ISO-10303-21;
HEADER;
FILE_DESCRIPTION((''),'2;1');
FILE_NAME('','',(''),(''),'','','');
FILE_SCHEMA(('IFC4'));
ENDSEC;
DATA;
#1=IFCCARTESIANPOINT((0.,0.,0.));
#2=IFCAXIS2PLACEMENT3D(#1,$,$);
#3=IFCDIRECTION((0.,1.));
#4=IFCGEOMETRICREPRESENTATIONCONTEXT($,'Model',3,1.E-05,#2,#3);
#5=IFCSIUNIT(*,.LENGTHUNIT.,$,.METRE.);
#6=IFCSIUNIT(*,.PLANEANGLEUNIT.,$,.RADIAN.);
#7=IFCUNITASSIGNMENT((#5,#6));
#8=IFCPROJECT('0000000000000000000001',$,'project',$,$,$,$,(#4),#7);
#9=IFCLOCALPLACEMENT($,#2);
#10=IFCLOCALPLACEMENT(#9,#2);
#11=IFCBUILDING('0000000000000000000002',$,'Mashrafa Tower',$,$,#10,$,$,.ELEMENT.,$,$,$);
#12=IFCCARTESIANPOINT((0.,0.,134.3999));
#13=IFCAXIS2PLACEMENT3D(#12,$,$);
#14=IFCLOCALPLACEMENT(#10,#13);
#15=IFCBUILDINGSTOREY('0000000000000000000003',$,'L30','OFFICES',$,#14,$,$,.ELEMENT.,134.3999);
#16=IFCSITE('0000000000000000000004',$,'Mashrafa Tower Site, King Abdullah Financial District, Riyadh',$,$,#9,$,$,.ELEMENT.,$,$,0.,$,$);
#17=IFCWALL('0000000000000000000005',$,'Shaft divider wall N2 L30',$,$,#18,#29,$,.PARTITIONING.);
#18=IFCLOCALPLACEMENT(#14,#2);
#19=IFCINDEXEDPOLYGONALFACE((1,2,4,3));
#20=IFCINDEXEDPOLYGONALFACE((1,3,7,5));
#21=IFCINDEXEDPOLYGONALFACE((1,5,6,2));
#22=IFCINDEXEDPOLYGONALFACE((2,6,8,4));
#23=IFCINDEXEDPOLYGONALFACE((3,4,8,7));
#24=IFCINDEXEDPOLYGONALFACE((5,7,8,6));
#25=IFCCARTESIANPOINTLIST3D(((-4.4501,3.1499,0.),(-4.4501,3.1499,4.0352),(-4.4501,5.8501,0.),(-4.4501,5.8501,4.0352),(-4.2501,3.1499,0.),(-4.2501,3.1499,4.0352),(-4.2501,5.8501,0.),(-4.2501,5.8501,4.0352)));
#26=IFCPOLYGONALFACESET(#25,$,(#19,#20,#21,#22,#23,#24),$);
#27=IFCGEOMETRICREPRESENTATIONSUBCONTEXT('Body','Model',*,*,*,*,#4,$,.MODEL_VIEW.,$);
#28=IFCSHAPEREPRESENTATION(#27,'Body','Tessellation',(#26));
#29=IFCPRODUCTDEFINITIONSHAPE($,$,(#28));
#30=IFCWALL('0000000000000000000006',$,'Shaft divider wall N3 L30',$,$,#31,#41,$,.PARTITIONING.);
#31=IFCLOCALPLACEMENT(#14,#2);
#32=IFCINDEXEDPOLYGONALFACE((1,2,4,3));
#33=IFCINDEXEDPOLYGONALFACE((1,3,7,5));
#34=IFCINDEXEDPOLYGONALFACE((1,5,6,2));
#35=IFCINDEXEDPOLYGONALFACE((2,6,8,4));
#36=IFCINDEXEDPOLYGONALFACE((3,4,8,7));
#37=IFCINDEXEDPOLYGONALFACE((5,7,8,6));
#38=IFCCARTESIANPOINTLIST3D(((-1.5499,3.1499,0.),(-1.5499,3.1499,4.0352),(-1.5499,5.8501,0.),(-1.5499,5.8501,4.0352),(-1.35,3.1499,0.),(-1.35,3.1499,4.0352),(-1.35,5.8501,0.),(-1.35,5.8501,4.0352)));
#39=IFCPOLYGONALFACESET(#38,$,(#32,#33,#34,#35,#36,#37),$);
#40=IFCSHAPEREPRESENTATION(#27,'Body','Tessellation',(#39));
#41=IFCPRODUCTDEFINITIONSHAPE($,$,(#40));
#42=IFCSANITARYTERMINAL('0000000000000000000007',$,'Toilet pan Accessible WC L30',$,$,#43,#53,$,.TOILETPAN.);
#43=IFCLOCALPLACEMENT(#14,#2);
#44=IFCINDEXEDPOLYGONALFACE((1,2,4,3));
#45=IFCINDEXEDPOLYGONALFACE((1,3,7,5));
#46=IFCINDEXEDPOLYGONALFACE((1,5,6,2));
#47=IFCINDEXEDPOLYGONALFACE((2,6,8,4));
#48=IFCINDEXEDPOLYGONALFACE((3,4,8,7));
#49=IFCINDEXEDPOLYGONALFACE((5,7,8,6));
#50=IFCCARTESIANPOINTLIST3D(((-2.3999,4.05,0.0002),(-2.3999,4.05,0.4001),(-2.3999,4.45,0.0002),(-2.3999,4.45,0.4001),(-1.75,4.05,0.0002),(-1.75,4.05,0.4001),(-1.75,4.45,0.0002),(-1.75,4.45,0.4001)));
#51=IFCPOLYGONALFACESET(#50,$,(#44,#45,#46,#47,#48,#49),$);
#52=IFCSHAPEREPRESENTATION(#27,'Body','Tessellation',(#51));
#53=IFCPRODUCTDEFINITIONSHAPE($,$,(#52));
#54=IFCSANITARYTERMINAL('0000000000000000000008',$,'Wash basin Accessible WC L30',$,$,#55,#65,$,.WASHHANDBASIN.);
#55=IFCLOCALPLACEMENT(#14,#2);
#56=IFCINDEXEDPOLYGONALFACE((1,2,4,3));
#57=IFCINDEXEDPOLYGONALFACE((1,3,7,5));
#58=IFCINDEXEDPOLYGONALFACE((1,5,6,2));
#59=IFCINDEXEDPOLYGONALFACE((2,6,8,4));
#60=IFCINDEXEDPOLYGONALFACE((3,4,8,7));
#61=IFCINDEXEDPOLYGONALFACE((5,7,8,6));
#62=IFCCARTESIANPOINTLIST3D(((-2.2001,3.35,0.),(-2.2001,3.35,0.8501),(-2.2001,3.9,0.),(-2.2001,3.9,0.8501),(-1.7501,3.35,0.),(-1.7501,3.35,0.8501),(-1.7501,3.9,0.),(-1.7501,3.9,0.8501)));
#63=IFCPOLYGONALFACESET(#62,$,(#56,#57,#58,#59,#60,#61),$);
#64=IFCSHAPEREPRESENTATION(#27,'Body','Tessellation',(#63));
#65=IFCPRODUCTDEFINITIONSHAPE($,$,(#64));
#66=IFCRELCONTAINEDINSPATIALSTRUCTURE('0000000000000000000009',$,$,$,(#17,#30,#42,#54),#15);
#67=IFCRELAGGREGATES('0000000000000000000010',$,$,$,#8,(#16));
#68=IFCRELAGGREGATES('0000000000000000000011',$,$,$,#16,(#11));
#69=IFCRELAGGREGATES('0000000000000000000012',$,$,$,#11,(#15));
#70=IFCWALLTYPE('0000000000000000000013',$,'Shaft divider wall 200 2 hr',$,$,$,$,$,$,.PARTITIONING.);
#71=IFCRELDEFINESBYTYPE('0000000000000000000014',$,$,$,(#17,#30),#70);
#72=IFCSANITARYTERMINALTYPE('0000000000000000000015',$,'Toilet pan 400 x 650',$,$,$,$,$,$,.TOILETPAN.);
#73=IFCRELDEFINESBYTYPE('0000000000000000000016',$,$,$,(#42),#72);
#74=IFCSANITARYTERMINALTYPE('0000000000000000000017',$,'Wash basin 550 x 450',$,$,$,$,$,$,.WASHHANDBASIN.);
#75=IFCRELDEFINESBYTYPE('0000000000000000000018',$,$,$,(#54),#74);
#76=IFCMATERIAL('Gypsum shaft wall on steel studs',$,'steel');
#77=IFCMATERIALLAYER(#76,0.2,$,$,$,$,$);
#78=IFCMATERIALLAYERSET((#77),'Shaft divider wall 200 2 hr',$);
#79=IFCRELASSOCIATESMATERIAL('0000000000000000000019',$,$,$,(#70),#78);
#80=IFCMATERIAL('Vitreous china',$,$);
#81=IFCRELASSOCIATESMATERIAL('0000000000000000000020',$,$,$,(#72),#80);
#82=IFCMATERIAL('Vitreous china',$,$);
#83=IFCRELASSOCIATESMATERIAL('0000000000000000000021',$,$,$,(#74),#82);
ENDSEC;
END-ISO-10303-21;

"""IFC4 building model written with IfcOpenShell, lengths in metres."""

from ifc_helpers import new_model, si_unit, direction, frame, frame_2d, origin, origin_2d, place, context, subcontext, project, spatial, rectangle, extrude, material, layer, layer_set, type_object, element, save


model = new_model("IFC4")

# Units and contexts
model_context = context("Model", 3, precision=1e-05, world=origin(), true_north=direction((0.0, 1.0)))
body_context = subcontext(model_context, "Body", "Model", "MODEL_VIEW")
ifc_project = project(units=[si_unit("LENGTHUNIT", "METRE"), si_unit("PLANEANGLEUNIT", "RADIAN")], contexts=[model_context])

# Site, building, storey
site_placement = place(None, origin())
site = spatial("IfcSite", under=ifc_project, at=site_placement, Name="Mashrafa Tower Site, King Abdullah Financial District, Riyadh", CompositionType="ELEMENT", RefElevation=0.0)
building_placement = place(site_placement, origin())
building = spatial("IfcBuilding", under=site, at=building_placement, Name="Mashrafa Tower", CompositionType="ELEMENT")
storey_placement = place(building_placement, frame((0.0, 0.0, 134.3999)))
storey = spatial("IfcBuildingStorey", under=building, at=storey_placement, Name="L30", Description="OFFICES", CompositionType="ELEMENT", Elevation=134.3999)

# Walls
ifc_material_1 = material(Name="Gypsum shaft wall on steel studs", Category="steel")
ifc_layer_1 = layer(ifc_material_1, 0.2)
ifc_layer_set_1 = layer_set([ifc_layer_1], Name="Shaft divider wall 200 2 hr")
wall_type_1 = type_object("IfcWallType", Name="Shaft divider wall 200 2 hr", PredefinedType="PARTITIONING", material=ifc_layer_set_1)
for number, where, z_axis, x_axis, name in (
    (1, (-4.3501, 3.1499, 0.0), (0.0, 0.0, 1.0), (0.0, 1.0, 0.0), "Shaft divider wall N2 L30"),
    (2, (-1.45, 3.1499, 0.0), (0.0, 0.0, 1.0), (0.0, 1.0, 0.0), "Shaft divider wall N3 L30"),
):
    element("IfcWall", number, at=place(storey_placement, frame(where, z_axis=z_axis, x_axis=x_axis)), inside=storey, type_object=wall_type_1, Name=name, PredefinedType="PARTITIONING", context=body_context, shape_type="SweptSolid", body=[
        extrude(rectangle(XDim=2.7002, YDim=0.2, at=frame_2d((1.3501, 0.0))), origin(), (0.0, 0.0, 1.0), 4.0352),
    ])

# Sanitary terminals
ifc_material_2 = material(Name="Vitreous china")
sanitary_terminal_type_1 = type_object("IfcSanitaryTerminalType", Name="Toilet pan 400 x 650", PredefinedType="TOILETPAN", material=ifc_material_2)
sanitary_terminal_1_placement = place(storey_placement, frame((-2.075, 4.25, 0.0002), z_axis=(0.0, 0.0, 1.0), x_axis=(0.0, 1.0, 0.0)))
element("IfcSanitaryTerminal", 3, at=sanitary_terminal_1_placement, inside=storey, type_object=sanitary_terminal_type_1, Name="Toilet pan Accessible WC L30", PredefinedType="TOILETPAN", context=body_context, shape_type="SweptSolid", body=[
    extrude(rectangle(XDim=0.3999, YDim=0.6499, at=origin_2d()), origin(), (0.0, 0.0, 1.0), 0.3999),
])
ifc_material_3 = material(Name="Vitreous china")
sanitary_terminal_type_2 = type_object("IfcSanitaryTerminalType", Name="Wash basin 550 x 450", PredefinedType="WASHHANDBASIN", material=ifc_material_3)
sanitary_terminal_2_placement = place(storey_placement, frame((-1.9751, 3.625, 0.0), z_axis=(0.0, 0.0, 1.0), x_axis=(0.0, 1.0, 0.0)))
element("IfcSanitaryTerminal", 4, at=sanitary_terminal_2_placement, inside=storey, type_object=sanitary_terminal_type_2, Name="Wash basin Accessible WC L30", PredefinedType="WASHHANDBASIN", context=body_context, shape_type="SweptSolid", body=[
    extrude(rectangle(XDim=0.55, YDim=0.45, at=origin_2d()), origin(), (0.0, 0.0, 1.0), 0.8501),
])

save(model, "model.ifc")
